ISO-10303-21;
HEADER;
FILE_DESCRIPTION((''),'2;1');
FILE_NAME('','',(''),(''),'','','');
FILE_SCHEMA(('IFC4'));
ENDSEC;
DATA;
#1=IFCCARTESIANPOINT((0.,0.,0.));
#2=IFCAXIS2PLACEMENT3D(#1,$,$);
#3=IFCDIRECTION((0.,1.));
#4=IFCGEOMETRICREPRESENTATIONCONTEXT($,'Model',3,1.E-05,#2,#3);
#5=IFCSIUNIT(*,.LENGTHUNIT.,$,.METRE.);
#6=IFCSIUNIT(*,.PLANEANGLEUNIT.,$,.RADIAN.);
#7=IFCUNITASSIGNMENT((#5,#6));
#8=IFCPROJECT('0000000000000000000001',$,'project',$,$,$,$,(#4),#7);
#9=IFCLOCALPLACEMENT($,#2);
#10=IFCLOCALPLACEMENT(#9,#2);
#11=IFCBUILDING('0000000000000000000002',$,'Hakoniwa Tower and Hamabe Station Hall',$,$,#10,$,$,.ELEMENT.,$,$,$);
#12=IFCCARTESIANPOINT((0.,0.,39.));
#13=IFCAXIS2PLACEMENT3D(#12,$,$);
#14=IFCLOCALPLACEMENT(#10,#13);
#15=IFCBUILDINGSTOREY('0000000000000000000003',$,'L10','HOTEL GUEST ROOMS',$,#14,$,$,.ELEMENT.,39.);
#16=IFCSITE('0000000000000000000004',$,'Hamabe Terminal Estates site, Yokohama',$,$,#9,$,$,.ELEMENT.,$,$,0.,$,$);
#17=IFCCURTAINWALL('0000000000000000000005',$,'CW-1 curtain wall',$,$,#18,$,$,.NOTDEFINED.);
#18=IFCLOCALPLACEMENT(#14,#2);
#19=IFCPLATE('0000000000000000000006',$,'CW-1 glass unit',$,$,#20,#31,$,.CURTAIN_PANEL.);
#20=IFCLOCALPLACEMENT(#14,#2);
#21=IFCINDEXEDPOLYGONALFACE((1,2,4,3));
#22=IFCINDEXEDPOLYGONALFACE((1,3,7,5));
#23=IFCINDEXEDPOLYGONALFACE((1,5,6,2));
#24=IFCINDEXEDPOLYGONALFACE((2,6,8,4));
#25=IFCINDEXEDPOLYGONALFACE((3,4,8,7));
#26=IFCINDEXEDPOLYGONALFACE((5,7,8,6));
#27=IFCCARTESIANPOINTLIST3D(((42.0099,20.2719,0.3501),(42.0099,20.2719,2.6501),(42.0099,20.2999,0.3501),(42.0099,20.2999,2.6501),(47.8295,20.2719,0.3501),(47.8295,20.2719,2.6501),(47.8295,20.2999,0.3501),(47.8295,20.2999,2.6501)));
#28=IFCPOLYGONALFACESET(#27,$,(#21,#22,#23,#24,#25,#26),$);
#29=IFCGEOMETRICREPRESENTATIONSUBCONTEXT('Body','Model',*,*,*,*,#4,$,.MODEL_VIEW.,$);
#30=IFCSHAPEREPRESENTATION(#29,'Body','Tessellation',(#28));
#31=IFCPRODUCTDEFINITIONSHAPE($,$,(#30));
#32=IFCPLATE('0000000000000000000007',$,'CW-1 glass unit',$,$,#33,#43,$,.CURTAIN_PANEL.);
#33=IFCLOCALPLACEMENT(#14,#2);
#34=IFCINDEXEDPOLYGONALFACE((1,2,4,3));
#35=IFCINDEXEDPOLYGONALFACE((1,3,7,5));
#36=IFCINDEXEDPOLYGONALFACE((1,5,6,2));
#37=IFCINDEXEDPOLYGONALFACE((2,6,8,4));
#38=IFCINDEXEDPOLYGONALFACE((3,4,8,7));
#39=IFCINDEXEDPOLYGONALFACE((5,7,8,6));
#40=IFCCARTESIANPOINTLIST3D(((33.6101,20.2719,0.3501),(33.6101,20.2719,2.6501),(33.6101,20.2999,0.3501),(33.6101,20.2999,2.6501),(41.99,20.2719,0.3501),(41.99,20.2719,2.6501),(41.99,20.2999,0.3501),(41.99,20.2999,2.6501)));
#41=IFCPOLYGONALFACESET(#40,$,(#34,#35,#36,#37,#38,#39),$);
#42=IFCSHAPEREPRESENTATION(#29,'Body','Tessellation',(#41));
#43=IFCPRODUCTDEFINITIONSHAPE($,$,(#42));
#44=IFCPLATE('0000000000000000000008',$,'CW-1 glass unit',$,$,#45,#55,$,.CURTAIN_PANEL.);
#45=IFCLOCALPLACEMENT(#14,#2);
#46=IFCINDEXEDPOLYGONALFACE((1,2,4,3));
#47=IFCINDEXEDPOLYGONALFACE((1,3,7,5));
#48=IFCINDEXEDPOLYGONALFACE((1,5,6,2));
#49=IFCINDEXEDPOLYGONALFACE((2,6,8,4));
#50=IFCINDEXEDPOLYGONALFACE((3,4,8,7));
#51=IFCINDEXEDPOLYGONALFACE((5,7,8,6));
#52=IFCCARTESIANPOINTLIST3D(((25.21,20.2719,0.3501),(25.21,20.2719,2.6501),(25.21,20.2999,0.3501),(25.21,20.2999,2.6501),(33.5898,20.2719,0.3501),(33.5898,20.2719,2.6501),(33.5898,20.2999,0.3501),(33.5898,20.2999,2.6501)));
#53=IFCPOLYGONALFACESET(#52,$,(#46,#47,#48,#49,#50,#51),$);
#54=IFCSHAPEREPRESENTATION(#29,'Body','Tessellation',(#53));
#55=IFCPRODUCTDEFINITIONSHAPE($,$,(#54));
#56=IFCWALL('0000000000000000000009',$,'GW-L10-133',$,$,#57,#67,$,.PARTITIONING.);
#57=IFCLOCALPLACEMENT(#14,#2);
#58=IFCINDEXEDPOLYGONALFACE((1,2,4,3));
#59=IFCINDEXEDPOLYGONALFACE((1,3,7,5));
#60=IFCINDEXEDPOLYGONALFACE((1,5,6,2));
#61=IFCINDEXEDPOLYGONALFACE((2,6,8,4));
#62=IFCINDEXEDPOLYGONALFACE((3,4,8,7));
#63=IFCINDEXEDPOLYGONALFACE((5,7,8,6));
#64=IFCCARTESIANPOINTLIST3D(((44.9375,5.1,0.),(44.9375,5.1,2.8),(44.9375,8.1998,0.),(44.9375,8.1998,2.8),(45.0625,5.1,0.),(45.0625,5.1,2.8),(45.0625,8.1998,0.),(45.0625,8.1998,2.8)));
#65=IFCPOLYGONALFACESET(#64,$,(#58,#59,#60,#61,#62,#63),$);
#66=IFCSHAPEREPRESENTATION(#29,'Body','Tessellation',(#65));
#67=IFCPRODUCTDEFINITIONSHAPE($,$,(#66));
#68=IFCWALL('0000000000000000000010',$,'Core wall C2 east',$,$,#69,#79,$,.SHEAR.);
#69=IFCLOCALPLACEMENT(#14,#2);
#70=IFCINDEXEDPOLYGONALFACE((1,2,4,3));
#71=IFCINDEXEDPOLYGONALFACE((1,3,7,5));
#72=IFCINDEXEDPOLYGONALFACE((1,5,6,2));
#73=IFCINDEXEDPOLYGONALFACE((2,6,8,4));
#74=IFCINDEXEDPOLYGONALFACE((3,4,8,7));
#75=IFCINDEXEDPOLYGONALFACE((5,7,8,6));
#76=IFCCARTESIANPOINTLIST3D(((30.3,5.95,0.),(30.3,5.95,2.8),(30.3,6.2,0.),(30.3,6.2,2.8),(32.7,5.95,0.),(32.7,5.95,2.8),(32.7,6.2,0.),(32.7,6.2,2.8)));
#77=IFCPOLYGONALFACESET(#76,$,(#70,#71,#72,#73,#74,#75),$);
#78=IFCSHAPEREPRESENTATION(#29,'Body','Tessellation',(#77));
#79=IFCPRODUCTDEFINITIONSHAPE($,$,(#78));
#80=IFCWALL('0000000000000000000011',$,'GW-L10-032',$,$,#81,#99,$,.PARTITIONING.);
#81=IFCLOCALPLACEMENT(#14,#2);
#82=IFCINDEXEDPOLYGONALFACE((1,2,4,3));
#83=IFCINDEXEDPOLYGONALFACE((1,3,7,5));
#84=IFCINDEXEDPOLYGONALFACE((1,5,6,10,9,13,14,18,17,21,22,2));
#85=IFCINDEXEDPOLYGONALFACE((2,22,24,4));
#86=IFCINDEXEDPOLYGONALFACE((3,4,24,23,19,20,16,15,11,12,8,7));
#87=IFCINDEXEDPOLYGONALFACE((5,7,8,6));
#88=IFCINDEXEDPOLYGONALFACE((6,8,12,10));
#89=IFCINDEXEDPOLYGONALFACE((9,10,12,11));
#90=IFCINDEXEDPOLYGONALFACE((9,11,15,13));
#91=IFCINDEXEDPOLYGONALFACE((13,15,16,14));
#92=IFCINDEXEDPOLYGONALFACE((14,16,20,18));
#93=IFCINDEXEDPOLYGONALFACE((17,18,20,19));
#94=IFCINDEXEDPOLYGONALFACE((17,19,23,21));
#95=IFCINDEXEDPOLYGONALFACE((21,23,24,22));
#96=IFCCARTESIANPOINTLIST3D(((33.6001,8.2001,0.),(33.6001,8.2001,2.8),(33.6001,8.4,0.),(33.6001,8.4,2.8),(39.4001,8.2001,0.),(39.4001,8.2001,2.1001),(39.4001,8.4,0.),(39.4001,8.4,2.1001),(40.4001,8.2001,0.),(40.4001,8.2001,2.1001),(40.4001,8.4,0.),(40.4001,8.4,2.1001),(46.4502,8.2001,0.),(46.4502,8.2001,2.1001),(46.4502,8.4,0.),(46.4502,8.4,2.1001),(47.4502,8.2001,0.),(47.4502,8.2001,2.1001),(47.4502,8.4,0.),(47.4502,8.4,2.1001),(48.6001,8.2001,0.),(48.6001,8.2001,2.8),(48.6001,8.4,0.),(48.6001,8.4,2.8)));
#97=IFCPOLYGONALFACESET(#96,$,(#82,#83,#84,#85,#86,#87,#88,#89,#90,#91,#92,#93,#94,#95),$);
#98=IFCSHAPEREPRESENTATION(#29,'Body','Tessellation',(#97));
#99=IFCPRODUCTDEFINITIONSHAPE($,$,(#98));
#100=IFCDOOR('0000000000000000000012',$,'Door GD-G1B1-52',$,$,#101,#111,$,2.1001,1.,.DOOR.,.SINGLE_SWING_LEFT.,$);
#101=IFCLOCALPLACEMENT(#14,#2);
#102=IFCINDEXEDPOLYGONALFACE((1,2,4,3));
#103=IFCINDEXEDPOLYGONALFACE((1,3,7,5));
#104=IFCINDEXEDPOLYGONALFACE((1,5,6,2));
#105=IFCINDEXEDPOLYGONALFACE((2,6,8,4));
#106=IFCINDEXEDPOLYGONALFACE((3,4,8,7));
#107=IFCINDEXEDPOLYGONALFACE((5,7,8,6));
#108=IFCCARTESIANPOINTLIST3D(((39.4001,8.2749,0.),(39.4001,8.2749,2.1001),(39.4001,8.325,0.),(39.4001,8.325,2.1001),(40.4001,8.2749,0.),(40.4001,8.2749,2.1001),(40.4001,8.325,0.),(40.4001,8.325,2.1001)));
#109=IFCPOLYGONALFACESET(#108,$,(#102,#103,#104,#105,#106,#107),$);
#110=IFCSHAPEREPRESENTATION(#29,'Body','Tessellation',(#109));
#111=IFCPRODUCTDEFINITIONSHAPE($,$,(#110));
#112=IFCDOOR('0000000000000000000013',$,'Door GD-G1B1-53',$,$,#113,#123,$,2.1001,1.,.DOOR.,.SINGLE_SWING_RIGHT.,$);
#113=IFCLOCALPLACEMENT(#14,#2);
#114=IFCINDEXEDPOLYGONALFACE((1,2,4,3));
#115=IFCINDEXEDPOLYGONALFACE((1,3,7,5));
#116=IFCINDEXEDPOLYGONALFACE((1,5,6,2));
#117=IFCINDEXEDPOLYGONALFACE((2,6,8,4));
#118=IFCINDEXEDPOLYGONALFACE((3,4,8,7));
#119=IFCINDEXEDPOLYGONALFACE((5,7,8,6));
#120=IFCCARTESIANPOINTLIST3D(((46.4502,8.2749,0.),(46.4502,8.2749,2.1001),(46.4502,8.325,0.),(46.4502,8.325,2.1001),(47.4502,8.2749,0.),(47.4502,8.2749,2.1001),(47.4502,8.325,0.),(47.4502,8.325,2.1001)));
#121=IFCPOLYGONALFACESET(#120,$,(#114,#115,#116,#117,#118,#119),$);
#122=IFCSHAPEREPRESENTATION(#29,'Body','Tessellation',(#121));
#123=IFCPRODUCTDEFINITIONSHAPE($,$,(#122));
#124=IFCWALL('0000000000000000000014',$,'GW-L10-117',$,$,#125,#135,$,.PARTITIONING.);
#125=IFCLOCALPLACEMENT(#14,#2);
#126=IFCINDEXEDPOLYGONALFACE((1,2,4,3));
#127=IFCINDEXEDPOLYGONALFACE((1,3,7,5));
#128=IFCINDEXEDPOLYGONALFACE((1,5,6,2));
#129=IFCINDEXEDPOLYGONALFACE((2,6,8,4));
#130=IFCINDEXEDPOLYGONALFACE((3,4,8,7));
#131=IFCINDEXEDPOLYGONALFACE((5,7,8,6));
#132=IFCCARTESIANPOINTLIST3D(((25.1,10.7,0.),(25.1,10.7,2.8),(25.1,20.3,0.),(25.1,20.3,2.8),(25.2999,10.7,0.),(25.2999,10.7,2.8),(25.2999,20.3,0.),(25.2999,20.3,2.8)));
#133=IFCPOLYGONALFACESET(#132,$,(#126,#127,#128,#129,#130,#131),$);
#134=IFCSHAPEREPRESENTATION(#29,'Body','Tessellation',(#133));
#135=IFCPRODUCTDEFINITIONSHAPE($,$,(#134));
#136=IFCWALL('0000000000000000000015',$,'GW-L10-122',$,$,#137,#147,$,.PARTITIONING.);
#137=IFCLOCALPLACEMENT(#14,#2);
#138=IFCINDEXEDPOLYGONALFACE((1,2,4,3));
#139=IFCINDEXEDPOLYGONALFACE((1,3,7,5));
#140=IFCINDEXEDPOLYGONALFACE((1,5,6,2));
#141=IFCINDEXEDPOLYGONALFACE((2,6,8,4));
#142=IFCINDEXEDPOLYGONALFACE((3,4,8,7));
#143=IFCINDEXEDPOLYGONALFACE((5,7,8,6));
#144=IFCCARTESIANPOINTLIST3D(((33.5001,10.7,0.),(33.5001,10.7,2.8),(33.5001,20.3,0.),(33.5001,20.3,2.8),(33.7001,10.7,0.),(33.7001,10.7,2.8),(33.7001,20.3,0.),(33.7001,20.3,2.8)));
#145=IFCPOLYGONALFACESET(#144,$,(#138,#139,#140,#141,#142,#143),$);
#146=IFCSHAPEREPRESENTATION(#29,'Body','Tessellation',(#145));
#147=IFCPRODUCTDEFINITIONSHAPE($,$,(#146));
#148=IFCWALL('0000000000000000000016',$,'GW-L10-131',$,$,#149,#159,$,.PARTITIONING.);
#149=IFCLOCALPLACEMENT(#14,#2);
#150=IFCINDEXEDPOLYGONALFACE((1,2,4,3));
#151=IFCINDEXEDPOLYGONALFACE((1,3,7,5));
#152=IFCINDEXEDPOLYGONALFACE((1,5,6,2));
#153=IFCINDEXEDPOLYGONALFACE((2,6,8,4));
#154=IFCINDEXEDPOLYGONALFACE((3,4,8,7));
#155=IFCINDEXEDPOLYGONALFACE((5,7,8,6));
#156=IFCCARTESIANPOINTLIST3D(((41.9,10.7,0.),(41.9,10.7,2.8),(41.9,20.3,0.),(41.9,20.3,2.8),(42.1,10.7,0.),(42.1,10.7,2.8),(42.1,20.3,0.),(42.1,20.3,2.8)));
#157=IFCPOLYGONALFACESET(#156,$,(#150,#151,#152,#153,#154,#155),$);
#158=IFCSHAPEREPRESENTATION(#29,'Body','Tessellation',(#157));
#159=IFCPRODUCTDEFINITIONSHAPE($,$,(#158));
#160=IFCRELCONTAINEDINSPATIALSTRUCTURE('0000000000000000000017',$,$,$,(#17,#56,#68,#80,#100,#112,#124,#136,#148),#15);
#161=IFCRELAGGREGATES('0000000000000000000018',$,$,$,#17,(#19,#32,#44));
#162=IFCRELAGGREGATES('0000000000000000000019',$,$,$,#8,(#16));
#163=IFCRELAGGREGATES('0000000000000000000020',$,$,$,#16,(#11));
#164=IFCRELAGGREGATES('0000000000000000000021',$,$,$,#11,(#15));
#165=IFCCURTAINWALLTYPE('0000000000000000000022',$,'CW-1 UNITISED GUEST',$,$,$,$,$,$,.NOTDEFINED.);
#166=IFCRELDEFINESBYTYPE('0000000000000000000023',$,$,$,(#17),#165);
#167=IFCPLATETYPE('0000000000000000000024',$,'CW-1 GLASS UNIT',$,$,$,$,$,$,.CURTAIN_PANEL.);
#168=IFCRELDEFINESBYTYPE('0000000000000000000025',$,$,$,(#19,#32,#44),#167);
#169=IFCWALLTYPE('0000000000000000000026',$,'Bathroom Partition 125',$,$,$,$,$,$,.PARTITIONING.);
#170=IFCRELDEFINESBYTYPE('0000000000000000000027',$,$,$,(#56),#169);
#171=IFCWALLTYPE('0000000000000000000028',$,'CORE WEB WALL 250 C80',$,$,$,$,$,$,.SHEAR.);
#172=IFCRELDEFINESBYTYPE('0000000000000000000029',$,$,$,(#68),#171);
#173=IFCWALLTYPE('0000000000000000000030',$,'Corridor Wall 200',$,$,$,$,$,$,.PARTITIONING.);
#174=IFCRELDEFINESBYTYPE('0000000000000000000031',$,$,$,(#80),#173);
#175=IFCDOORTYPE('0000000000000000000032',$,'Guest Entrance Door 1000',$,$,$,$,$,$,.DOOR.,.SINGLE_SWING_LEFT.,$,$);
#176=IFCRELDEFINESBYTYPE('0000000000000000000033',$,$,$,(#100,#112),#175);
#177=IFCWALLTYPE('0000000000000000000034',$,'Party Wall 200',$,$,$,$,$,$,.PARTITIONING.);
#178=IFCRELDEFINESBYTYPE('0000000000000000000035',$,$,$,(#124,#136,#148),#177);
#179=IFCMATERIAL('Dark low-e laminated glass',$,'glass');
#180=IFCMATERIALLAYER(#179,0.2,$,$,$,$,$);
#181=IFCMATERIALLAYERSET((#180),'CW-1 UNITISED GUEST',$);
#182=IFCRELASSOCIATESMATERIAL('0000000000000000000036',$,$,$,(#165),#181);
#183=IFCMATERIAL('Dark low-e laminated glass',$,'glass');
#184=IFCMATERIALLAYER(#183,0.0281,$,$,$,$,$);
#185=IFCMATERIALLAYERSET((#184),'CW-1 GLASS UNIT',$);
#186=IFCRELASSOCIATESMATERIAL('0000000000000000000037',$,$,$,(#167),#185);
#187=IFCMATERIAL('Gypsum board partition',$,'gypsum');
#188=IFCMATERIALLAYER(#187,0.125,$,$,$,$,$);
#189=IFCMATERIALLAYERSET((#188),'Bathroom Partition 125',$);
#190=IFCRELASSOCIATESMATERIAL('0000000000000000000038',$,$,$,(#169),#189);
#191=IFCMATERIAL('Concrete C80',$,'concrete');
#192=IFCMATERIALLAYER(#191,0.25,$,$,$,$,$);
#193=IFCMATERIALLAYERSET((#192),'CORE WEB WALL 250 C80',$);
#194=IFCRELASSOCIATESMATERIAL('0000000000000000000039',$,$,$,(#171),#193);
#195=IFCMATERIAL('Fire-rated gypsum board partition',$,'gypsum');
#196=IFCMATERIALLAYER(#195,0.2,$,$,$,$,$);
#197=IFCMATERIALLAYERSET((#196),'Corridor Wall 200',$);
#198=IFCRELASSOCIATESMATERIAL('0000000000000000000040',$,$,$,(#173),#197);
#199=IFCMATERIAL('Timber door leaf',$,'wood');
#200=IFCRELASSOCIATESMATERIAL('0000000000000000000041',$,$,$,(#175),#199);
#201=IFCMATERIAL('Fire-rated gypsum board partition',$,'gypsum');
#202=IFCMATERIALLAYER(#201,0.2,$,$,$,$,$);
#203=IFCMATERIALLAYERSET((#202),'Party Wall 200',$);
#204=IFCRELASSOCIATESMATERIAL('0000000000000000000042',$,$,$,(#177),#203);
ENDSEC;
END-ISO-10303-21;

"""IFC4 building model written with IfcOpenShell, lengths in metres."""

from ifc_helpers import new_model, si_unit, direction, frame, frame_2d, origin, origin_2d, place, context, subcontext, project, spatial, rectangle, extrude, material, layer, layer_set, type_object, element, fill, aggregate, save


model = new_model("IFC4")

# Units and contexts
model_context = context("Model", 3, precision=1e-05, world=origin(), true_north=direction((0.0, 1.0)))
body_context = subcontext(model_context, "Body", "Model", "MODEL_VIEW")
ifc_project = project(units=[si_unit("LENGTHUNIT", "METRE"), si_unit("PLANEANGLEUNIT", "RADIAN")], contexts=[model_context])

# Site, building, storey
site_placement = place(None, origin())
site = spatial("IfcSite", under=ifc_project, at=site_placement, Name="Hamabe Terminal Estates site, Yokohama", CompositionType="ELEMENT", RefElevation=0.0)
building_placement = place(site_placement, origin())
building = spatial("IfcBuilding", under=site, at=building_placement, Name="Hakoniwa Tower and Hamabe Station Hall", CompositionType="ELEMENT")
storey_placement = place(building_placement, frame((0.0, 0.0, 39.0)))
storey = spatial("IfcBuildingStorey", under=building, at=storey_placement, Name="L10", Description="HOTEL GUEST ROOMS", CompositionType="ELEMENT", Elevation=39.0)

# Curtain wall
ifc_material_1 = material(Name="Dark low-e laminated glass", Category="glass")
ifc_layer_1 = layer(ifc_material_1, 0.2)
ifc_layer_set_1 = layer_set([ifc_layer_1], Name="CW-1 UNITISED GUEST")
curtain_wall_type = type_object("IfcCurtainWallType", Name="CW-1 UNITISED GUEST", PredefinedType="NOTDEFINED", material=ifc_layer_set_1)
curtain_wall_1_placement = place(storey_placement, origin())
curtain_wall_1 = element("IfcCurtainWall", 1, at=curtain_wall_1_placement, inside=storey, type_object=curtain_wall_type, Name="CW-1 curtain wall", PredefinedType="NOTDEFINED")

# Plates
ifc_material_2 = material(Name="Dark low-e laminated glass", Category="glass")
ifc_layer_2 = layer(ifc_material_2, 0.0281)
ifc_layer_set_2 = layer_set([ifc_layer_2], Name="CW-1 GLASS UNIT")
plate_type = type_object("IfcPlateType", Name="CW-1 GLASS UNIT", PredefinedType="CURTAIN_PANEL", material=ifc_layer_set_2)
plate_1_placement = place(storey_placement, frame((44.9197, 20.2859, 0.3501), z_axis=(0.0, 0.0, 1.0), x_axis=(-1.0, 0.0, 0.0)))
plate_1 = element("IfcPlate", 2, at=plate_1_placement, type_object=plate_type, Name="CW-1 glass unit", PredefinedType="CURTAIN_PANEL", context=body_context, shape_type="SweptSolid", body=[
    extrude(rectangle(XDim=5.8196, YDim=0.0281, at=origin_2d()), origin(), (0.0, 0.0, 1.0), 2.3),
])
plate_2_placement = place(storey_placement, frame((37.8, 20.2859, 0.3501), z_axis=(0.0, 0.0, 1.0), x_axis=(-1.0, 0.0, 0.0)))
plate_2 = element("IfcPlate", 3, at=plate_2_placement, type_object=plate_type, Name="CW-1 glass unit", PredefinedType="CURTAIN_PANEL", context=body_context, shape_type="SweptSolid", body=[
    extrude(rectangle(XDim=8.3799, YDim=0.0281, at=origin_2d()), origin(), (0.0, 0.0, 1.0), 2.3),
])
plate_3_placement = place(storey_placement, frame((29.3999, 20.2859, 0.3501), z_axis=(0.0, 0.0, 1.0), x_axis=(-1.0, 0.0, 0.0)))
plate_3 = element("IfcPlate", 4, at=plate_3_placement, type_object=plate_type, Name="CW-1 glass unit", PredefinedType="CURTAIN_PANEL", context=body_context, shape_type="SweptSolid", body=[
    extrude(rectangle(XDim=8.3799, YDim=0.0281, at=origin_2d()), origin(), (0.0, 0.0, 1.0), 2.3),
])
aggregate(curtain_wall_1, [plate_1, plate_2, plate_3])

# Walls
ifc_material_3 = material(Name="Gypsum board partition", Category="gypsum")
ifc_layer_3 = layer(ifc_material_3, 0.125)
ifc_layer_set_3 = layer_set([ifc_layer_3], Name="Bathroom Partition 125")
wall_type_1 = type_object("IfcWallType", Name="Bathroom Partition 125", PredefinedType="PARTITIONING", material=ifc_layer_set_3)
wall_1_placement = place(storey_placement, frame((45.0, 5.1001, 0.0), z_axis=(0.0, 0.0, 1.0), x_axis=(0.0, 1.0, 0.0)))
element("IfcWall", 5, at=wall_1_placement, inside=storey, type_object=wall_type_1, Name="GW-L10-133", PredefinedType="PARTITIONING", context=body_context, shape_type="SweptSolid", body=[
    extrude(rectangle(XDim=3.0999, YDim=0.125, at=frame_2d((1.5498, 0.0))), origin(), (0.0, 0.0, 1.0), 2.8),
])
ifc_material_4 = material(Name="Concrete C80", Category="concrete")
ifc_layer_4 = layer(ifc_material_4, 0.25)
ifc_layer_set_4 = layer_set([ifc_layer_4], Name="CORE WEB WALL 250 C80")
wall_type_2 = type_object("IfcWallType", Name="CORE WEB WALL 250 C80", PredefinedType="SHEAR", material=ifc_layer_set_4)
wall_2_placement = place(storey_placement, frame((30.3, 6.075, 0.0), z_axis=(0.0, 0.0, 1.0), x_axis=(1.0, 0.0, 0.0)))
element("IfcWall", 6, at=wall_2_placement, inside=storey, type_object=wall_type_2, Name="Core wall C2 east", PredefinedType="SHEAR", context=body_context, shape_type="SweptSolid", body=[
    extrude(rectangle(XDim=2.3999, YDim=0.25, at=frame_2d((1.2, 0.0))), origin(), (0.0, 0.0, 1.0), 2.8),
])

# Wall, openings, doors
ifc_material_5 = material(Name="Fire-rated gypsum board partition", Category="gypsum")
ifc_layer_5 = layer(ifc_material_5, 0.2)
ifc_layer_set_5 = layer_set([ifc_layer_5], Name="Corridor Wall 200")
wall_type_3 = type_object("IfcWallType", Name="Corridor Wall 200", PredefinedType="PARTITIONING", material=ifc_layer_set_5)
wall_3_placement = place(storey_placement, frame((33.6001, 8.3, 0.0), z_axis=(0.0, 0.0, 1.0), x_axis=(1.0, 0.0, 0.0)))
wall_3 = element("IfcWall", 7, at=wall_3_placement, inside=storey, type_object=wall_type_3, Name="GW-L10-032", PredefinedType="PARTITIONING", context=body_context, shape_type="SweptSolid", body=[
    extrude(rectangle(XDim=15.0, YDim=0.2, at=frame_2d((7.5, 0.0))), origin(), (0.0, 0.0, 1.0), 2.8),
])
opening_1_placement = place(wall_3_placement, frame((5.8, 0.0, 0.0)))
opening_1 = element("IfcOpeningElement", 8, at=opening_1_placement, cuts=wall_3, PredefinedType="OPENING", context=body_context, shape_type="SweptSolid", body=[
    extrude(rectangle(XDim=1.0, YDim=2.1001, at=frame_2d((0.5, 1.05))), frame((0.0, 0.1099, 0.0), z_axis=(0.0, -1.0, 0.0), x_axis=(1.0, 0.0, 0.0)), (0.0, 0.0, 1.0), 0.22),
])
opening_2_placement = place(wall_3_placement, frame((12.8501, 0.0, 0.0)))
opening_2 = element("IfcOpeningElement", 9, at=opening_2_placement, cuts=wall_3, PredefinedType="OPENING", context=body_context, shape_type="SweptSolid", body=[
    extrude(rectangle(XDim=1.0, YDim=2.1001, at=frame_2d((0.5, 1.05))), frame((0.0, 0.1099, 0.0), z_axis=(0.0, -1.0, 0.0), x_axis=(1.0, 0.0, 0.0)), (0.0, 0.0, 1.0), 0.22),
])
ifc_material_6 = material(Name="Timber door leaf", Category="wood")
door_type = type_object("IfcDoorType", Name="Guest Entrance Door 1000", OperationType="SINGLE_SWING_LEFT", PredefinedType="DOOR", material=ifc_material_6)
door_1_placement = place(opening_1_placement, origin())
door_1 = element("IfcDoor", 10, at=door_1_placement, inside=storey, type_object=door_type, Name="Door GD-G1B1-52", OperationType="SINGLE_SWING_LEFT", OverallHeight=2.1001, OverallWidth=1.0, PredefinedType="DOOR", context=body_context, shape_type="SweptSolid", body=[
    extrude(rectangle(XDim=1.0, YDim=2.1001, at=frame_2d((0.5, 1.05))), frame((0.0, 0.0249, 0.0), z_axis=(0.0, -1.0, 0.0), x_axis=(1.0, 0.0, 0.0)), (0.0, 0.0, 1.0), 0.05),
])
fill(opening_1, door_1)
door_2_placement = place(opening_2_placement, origin())
door_2 = element("IfcDoor", 11, at=door_2_placement, inside=storey, type_object=door_type, Name="Door GD-G1B1-53", OperationType="SINGLE_SWING_RIGHT", OverallHeight=2.1001, OverallWidth=1.0, PredefinedType="DOOR", context=body_context, shape_type="SweptSolid", body=[
    extrude(rectangle(XDim=1.0, YDim=2.1001, at=frame_2d((0.5, 1.05))), frame((0.0, 0.0249, 0.0), z_axis=(0.0, -1.0, 0.0), x_axis=(1.0, 0.0, 0.0)), (0.0, 0.0, 1.0), 0.05),
])
fill(opening_2, door_2)

# Walls
ifc_material_7 = material(Name="Fire-rated gypsum board partition", Category="gypsum")
ifc_layer_6 = layer(ifc_material_7, 0.2)
ifc_layer_set_6 = layer_set([ifc_layer_6], Name="Party Wall 200")
wall_type_4 = type_object("IfcWallType", Name="Party Wall 200", PredefinedType="PARTITIONING", material=ifc_layer_set_6)
for number, where, z_axis, x_axis, name in (
    (12, (25.2, 10.7, 0.0), (0.0, 0.0, 1.0), (0.0, 1.0, 0.0), "GW-L10-117"),
    (13, (33.6001, 10.7, 0.0), (0.0, 0.0, 1.0), (0.0, 1.0, 0.0), "GW-L10-122"),
    (14, (42.0, 10.7, 0.0), (0.0, 0.0, 1.0), (0.0, 1.0, 0.0), "GW-L10-131"),
):
    element("IfcWall", number, at=place(storey_placement, frame(where, z_axis=z_axis, x_axis=x_axis)), inside=storey, type_object=wall_type_4, Name=name, PredefinedType="PARTITIONING", context=body_context, shape_type="SweptSolid", body=[
        extrude(rectangle(XDim=9.6001, YDim=0.2, at=frame_2d((4.8, 0.0))), origin(), (0.0, 0.0, 1.0), 2.8),
    ])

save(model, "model.ifc")
